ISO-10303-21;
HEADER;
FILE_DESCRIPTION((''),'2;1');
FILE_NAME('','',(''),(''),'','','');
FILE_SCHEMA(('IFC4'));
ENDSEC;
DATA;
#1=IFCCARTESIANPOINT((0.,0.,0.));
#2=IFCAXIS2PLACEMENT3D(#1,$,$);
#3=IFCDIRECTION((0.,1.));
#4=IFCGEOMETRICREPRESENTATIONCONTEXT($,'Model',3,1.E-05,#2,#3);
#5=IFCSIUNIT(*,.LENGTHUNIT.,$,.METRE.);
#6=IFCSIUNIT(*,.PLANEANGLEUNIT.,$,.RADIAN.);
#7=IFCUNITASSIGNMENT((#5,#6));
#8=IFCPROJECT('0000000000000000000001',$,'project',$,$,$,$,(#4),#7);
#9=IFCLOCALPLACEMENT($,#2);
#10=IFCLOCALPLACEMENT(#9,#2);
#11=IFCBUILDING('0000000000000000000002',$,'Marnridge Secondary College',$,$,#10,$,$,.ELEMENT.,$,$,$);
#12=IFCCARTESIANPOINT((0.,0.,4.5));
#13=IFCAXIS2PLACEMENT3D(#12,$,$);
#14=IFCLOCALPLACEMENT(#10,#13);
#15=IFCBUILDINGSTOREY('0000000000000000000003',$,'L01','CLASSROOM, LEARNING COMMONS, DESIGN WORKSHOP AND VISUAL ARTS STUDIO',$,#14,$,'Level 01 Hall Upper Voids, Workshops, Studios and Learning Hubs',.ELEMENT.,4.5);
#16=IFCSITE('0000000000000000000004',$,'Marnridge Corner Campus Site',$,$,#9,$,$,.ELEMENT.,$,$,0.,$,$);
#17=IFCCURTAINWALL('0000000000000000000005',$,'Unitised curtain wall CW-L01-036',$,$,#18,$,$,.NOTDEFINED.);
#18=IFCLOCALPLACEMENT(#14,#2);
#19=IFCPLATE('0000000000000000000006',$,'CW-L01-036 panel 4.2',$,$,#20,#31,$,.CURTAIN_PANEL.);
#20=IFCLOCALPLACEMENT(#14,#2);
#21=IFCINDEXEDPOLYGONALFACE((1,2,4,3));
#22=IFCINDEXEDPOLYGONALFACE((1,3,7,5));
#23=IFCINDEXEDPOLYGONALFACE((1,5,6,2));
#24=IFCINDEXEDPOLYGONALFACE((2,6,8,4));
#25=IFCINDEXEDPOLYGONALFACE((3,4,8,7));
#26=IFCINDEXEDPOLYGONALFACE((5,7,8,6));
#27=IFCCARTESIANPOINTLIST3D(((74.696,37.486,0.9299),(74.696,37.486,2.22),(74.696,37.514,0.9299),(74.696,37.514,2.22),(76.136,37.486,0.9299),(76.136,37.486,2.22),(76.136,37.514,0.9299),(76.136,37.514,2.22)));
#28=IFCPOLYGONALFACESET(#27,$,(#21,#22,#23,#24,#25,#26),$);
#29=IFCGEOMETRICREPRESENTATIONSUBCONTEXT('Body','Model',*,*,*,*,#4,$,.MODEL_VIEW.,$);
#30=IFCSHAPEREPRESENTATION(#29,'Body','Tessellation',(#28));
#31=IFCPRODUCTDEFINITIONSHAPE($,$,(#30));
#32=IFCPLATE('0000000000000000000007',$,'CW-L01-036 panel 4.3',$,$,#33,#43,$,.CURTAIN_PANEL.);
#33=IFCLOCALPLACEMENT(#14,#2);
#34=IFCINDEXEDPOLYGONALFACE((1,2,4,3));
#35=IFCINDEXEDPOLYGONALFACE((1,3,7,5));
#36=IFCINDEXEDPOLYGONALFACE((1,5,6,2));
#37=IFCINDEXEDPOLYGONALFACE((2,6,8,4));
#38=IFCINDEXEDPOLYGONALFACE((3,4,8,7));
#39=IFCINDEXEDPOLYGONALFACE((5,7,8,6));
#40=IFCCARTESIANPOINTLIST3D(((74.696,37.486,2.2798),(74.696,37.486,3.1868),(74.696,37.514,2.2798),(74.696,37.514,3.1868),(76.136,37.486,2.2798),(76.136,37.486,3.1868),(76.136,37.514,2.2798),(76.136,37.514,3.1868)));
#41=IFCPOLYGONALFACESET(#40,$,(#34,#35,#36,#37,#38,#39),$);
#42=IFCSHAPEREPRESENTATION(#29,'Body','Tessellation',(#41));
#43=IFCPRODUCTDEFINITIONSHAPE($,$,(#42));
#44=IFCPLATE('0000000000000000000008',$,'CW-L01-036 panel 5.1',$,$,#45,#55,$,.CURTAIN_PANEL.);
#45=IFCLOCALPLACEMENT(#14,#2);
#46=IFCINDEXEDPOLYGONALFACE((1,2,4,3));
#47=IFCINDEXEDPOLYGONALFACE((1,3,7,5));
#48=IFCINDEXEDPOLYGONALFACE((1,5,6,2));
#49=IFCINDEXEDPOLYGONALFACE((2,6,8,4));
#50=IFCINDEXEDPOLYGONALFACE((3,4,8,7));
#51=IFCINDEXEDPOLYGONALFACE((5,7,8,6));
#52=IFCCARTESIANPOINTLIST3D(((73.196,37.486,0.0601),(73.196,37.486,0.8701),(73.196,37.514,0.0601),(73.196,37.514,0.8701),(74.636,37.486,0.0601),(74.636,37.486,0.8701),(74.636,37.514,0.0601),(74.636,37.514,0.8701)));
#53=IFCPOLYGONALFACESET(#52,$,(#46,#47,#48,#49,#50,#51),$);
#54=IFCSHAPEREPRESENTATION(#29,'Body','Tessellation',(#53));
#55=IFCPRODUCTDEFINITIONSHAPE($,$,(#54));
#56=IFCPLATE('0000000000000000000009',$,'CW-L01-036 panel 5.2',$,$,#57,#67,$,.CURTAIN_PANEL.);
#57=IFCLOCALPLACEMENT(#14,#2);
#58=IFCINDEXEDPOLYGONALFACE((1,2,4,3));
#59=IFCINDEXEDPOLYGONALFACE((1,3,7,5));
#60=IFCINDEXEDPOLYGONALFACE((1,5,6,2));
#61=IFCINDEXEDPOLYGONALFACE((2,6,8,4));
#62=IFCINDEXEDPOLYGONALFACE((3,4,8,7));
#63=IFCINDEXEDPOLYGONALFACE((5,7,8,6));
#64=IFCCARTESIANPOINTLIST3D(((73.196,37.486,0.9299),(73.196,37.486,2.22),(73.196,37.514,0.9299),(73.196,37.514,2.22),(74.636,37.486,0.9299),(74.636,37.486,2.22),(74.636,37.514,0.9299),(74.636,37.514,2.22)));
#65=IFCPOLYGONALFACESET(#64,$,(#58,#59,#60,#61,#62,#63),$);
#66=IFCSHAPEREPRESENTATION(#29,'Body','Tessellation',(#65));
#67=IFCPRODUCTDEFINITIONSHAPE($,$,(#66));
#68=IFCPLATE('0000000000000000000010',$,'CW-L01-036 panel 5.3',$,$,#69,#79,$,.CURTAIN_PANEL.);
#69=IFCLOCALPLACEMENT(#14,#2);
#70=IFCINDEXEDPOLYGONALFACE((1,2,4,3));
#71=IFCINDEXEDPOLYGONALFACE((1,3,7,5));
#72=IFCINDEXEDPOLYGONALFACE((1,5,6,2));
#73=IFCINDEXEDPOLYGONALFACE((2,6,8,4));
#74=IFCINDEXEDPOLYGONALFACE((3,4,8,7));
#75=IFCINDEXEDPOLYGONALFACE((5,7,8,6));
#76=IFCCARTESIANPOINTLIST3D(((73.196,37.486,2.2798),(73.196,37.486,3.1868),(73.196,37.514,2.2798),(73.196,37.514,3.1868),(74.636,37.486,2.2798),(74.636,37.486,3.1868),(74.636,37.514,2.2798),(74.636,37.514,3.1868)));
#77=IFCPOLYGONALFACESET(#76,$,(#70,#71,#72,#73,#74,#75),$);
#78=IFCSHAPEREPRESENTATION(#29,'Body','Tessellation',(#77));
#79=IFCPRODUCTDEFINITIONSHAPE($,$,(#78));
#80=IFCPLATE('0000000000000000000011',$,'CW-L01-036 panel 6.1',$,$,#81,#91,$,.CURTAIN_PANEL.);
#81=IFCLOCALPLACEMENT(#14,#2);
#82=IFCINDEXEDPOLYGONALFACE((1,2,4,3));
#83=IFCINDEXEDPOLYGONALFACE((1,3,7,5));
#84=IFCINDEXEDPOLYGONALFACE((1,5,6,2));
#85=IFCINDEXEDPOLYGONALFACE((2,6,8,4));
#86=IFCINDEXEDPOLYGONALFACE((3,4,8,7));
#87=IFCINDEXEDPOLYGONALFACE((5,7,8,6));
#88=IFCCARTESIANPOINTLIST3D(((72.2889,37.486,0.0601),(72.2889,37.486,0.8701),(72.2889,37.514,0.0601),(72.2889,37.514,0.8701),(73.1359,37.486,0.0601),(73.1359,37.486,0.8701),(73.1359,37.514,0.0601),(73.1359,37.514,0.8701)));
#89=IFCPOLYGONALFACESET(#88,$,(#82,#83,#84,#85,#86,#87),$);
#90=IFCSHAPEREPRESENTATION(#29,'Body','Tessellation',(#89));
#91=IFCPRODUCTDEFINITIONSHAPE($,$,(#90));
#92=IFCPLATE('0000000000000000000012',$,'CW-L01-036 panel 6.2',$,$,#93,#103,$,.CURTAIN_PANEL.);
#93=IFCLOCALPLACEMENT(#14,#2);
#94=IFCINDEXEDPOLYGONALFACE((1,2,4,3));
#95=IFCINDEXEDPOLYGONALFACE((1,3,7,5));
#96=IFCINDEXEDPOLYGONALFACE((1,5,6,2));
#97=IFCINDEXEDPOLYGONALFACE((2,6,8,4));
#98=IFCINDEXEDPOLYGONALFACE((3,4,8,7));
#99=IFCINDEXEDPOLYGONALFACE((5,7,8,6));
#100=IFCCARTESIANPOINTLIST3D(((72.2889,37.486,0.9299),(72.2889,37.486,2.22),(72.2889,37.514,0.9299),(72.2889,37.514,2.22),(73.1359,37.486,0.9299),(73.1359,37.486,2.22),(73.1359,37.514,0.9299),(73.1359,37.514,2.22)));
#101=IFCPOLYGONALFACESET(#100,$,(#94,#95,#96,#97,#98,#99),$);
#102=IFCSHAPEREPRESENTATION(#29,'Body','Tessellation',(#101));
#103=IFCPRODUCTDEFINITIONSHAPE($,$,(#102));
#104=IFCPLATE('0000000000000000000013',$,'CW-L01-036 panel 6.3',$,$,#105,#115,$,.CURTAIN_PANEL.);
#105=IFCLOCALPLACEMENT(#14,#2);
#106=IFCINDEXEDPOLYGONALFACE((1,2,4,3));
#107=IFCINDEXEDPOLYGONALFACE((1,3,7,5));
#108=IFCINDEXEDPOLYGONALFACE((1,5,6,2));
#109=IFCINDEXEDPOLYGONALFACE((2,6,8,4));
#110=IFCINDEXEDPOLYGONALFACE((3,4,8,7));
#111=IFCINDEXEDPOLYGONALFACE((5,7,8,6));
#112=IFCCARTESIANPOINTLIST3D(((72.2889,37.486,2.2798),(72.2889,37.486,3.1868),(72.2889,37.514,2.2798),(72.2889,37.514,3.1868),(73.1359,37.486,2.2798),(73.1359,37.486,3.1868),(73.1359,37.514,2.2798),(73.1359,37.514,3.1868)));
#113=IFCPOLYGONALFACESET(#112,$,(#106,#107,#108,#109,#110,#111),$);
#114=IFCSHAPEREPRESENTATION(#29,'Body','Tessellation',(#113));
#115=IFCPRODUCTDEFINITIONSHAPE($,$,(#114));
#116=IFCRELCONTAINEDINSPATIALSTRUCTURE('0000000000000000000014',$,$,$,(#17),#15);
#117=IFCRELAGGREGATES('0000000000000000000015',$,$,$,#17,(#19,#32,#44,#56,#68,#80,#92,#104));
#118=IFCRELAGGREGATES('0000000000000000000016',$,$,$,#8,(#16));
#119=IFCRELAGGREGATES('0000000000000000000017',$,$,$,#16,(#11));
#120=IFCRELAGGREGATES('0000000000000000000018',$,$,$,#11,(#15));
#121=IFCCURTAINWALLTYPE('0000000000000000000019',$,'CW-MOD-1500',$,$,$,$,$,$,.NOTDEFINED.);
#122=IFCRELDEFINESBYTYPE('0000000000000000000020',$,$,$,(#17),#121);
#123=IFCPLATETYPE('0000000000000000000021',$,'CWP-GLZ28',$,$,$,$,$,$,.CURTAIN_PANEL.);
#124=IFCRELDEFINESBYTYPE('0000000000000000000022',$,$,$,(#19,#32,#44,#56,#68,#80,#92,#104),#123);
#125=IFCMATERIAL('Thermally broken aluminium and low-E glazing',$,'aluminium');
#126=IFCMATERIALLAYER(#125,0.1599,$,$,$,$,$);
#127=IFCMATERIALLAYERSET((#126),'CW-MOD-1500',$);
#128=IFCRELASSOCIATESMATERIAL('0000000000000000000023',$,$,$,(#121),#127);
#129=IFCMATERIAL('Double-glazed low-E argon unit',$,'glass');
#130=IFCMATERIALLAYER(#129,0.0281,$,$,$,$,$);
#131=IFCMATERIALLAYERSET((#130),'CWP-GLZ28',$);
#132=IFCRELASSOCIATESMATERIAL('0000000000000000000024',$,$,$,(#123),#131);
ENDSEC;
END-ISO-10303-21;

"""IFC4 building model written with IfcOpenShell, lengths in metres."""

from ifc_helpers import new_model, si_unit, direction, frame, origin, origin_2d, place, context, subcontext, project, spatial, rectangle, extrude, material, layer, layer_set, type_object, element, aggregate, save


model = new_model("IFC4")

# Units and contexts
model_context = context("Model", 3, precision=1e-05, world=origin(), true_north=direction((0.0, 1.0)))
body_context = subcontext(model_context, "Body", "Model", "MODEL_VIEW")
ifc_project = project(units=[si_unit("LENGTHUNIT", "METRE"), si_unit("PLANEANGLEUNIT", "RADIAN")], contexts=[model_context])

# Site, building, storey
site_placement = place(None, origin())
site = spatial("IfcSite", under=ifc_project, at=site_placement, Name="Marnridge Corner Campus Site", CompositionType="ELEMENT", RefElevation=0.0)
building_placement = place(site_placement, origin())
building = spatial("IfcBuilding", under=site, at=building_placement, Name="Marnridge Secondary College", CompositionType="ELEMENT")
storey_placement = place(building_placement, frame((0.0, 0.0, 4.5)))
storey = spatial("IfcBuildingStorey", under=building, at=storey_placement, Name="L01", Description="CLASSROOM, LEARNING COMMONS, DESIGN WORKSHOP AND VISUAL ARTS STUDIO", LongName="Level 01 Hall Upper Voids, Workshops, Studios and Learning Hubs", CompositionType="ELEMENT", Elevation=4.5)

# Curtain wall, plates
ifc_material_1 = material(Name="Thermally broken aluminium and low-E glazing", Category="aluminium")
ifc_layer_1 = layer(ifc_material_1, 0.1599)
ifc_layer_set_1 = layer_set([ifc_layer_1], Name="CW-MOD-1500")
curtain_wall_type = type_object("IfcCurtainWallType", Name="CW-MOD-1500", PredefinedType="NOTDEFINED", material=ifc_layer_set_1)
curtain_wall_placement = place(storey_placement, origin())
curtain_wall = element("IfcCurtainWall", 1, at=curtain_wall_placement, inside=storey, type_object=curtain_wall_type, Name="Unitised curtain wall CW-L01-036", PredefinedType="NOTDEFINED")
ifc_material_2 = material(Name="Double-glazed low-E argon unit", Category="glass")
ifc_layer_2 = layer(ifc_material_2, 0.0281)
ifc_layer_set_2 = layer_set([ifc_layer_2], Name="CWP-GLZ28")
plate_type = type_object("IfcPlateType", Name="CWP-GLZ28", PredefinedType="CURTAIN_PANEL", material=ifc_layer_set_2)
plate_1_placement = place(storey_placement, frame((75.416, 37.5, 0.9299), z_axis=(0.0, 0.0, 1.0), x_axis=(-1.0, 0.0, 0.0)))
plate_1 = element("IfcPlate", 2, at=plate_1_placement, type_object=plate_type, Name="CW-L01-036 panel 4.2", PredefinedType="CURTAIN_PANEL", context=body_context, shape_type="SweptSolid", body=[
    extrude(rectangle(XDim=1.4399, YDim=0.0281, at=origin_2d()), origin(), (0.0, 0.0, 1.0), 1.29),
])
plate_2_placement = place(storey_placement, frame((75.416, 37.5, 2.2798), z_axis=(0.0, 0.0, 1.0), x_axis=(-1.0, 0.0, 0.0)))
plate_2 = element("IfcPlate", 3, at=plate_2_placement, type_object=plate_type, Name="CW-L01-036 panel 4.3", PredefinedType="CURTAIN_PANEL", context=body_context, shape_type="SweptSolid", body=[
    extrude(rectangle(XDim=1.4399, YDim=0.0281, at=origin_2d()), origin(), (0.0, 0.0, 1.0), 0.907),
])
plate_3_placement = place(storey_placement, frame((73.916, 37.5, 0.0601), z_axis=(0.0, 0.0, 1.0), x_axis=(-1.0, 0.0, 0.0)))
plate_3 = element("IfcPlate", 4, at=plate_3_placement, type_object=plate_type, Name="CW-L01-036 panel 5.1", PredefinedType="CURTAIN_PANEL", context=body_context, shape_type="SweptSolid", body=[
    extrude(rectangle(XDim=1.4399, YDim=0.0281, at=origin_2d()), origin(), (0.0, 0.0, 1.0), 0.8101),
])
plate_4_placement = place(storey_placement, frame((73.916, 37.5, 0.9299), z_axis=(0.0, 0.0, 1.0), x_axis=(-1.0, 0.0, 0.0)))
plate_4 = element("IfcPlate", 5, at=plate_4_placement, type_object=plate_type, Name="CW-L01-036 panel 5.2", PredefinedType="CURTAIN_PANEL", context=body_context, shape_type="SweptSolid", body=[
    extrude(rectangle(XDim=1.4399, YDim=0.0281, at=origin_2d()), origin(), (0.0, 0.0, 1.0), 1.29),
])
plate_5_placement = place(storey_placement, frame((73.916, 37.5, 2.2798), z_axis=(0.0, 0.0, 1.0), x_axis=(-1.0, 0.0, 0.0)))
plate_5 = element("IfcPlate", 6, at=plate_5_placement, type_object=plate_type, Name="CW-L01-036 panel 5.3", PredefinedType="CURTAIN_PANEL", context=body_context, shape_type="SweptSolid", body=[
    extrude(rectangle(XDim=1.4399, YDim=0.0281, at=origin_2d()), origin(), (0.0, 0.0, 1.0), 0.907),
])
plate_6_placement = place(storey_placement, frame((72.7124, 37.5, 0.0601), z_axis=(0.0, 0.0, 1.0), x_axis=(-1.0, 0.0, 0.0)))
plate_6 = element("IfcPlate", 7, at=plate_6_placement, type_object=plate_type, Name="CW-L01-036 panel 6.1", PredefinedType="CURTAIN_PANEL", context=body_context, shape_type="SweptSolid", body=[
    extrude(rectangle(XDim=0.8469, YDim=0.0281, at=origin_2d()), origin(), (0.0, 0.0, 1.0), 0.8101),
])
plate_7_placement = place(storey_placement, frame((72.7124, 37.5, 0.9299), z_axis=(0.0, 0.0, 1.0), x_axis=(-1.0, 0.0, 0.0)))
plate_7 = element("IfcPlate", 8, at=plate_7_placement, type_object=plate_type, Name="CW-L01-036 panel 6.2", PredefinedType="CURTAIN_PANEL", context=body_context, shape_type="SweptSolid", body=[
    extrude(rectangle(XDim=0.8469, YDim=0.0281, at=origin_2d()), origin(), (0.0, 0.0, 1.0), 1.29),
])
plate_8_placement = place(storey_placement, frame((72.7124, 37.5, 2.2798), z_axis=(0.0, 0.0, 1.0), x_axis=(-1.0, 0.0, 0.0)))
plate_8 = element("IfcPlate", 9, at=plate_8_placement, type_object=plate_type, Name="CW-L01-036 panel 6.3", PredefinedType="CURTAIN_PANEL", context=body_context, shape_type="SweptSolid", body=[
    extrude(rectangle(XDim=0.8469, YDim=0.0281, at=origin_2d()), origin(), (0.0, 0.0, 1.0), 0.907),
])
aggregate(curtain_wall, [plate_1, plate_2, plate_3, plate_4, plate_5, plate_6, plate_7, plate_8])

save(model, "model.ifc")
